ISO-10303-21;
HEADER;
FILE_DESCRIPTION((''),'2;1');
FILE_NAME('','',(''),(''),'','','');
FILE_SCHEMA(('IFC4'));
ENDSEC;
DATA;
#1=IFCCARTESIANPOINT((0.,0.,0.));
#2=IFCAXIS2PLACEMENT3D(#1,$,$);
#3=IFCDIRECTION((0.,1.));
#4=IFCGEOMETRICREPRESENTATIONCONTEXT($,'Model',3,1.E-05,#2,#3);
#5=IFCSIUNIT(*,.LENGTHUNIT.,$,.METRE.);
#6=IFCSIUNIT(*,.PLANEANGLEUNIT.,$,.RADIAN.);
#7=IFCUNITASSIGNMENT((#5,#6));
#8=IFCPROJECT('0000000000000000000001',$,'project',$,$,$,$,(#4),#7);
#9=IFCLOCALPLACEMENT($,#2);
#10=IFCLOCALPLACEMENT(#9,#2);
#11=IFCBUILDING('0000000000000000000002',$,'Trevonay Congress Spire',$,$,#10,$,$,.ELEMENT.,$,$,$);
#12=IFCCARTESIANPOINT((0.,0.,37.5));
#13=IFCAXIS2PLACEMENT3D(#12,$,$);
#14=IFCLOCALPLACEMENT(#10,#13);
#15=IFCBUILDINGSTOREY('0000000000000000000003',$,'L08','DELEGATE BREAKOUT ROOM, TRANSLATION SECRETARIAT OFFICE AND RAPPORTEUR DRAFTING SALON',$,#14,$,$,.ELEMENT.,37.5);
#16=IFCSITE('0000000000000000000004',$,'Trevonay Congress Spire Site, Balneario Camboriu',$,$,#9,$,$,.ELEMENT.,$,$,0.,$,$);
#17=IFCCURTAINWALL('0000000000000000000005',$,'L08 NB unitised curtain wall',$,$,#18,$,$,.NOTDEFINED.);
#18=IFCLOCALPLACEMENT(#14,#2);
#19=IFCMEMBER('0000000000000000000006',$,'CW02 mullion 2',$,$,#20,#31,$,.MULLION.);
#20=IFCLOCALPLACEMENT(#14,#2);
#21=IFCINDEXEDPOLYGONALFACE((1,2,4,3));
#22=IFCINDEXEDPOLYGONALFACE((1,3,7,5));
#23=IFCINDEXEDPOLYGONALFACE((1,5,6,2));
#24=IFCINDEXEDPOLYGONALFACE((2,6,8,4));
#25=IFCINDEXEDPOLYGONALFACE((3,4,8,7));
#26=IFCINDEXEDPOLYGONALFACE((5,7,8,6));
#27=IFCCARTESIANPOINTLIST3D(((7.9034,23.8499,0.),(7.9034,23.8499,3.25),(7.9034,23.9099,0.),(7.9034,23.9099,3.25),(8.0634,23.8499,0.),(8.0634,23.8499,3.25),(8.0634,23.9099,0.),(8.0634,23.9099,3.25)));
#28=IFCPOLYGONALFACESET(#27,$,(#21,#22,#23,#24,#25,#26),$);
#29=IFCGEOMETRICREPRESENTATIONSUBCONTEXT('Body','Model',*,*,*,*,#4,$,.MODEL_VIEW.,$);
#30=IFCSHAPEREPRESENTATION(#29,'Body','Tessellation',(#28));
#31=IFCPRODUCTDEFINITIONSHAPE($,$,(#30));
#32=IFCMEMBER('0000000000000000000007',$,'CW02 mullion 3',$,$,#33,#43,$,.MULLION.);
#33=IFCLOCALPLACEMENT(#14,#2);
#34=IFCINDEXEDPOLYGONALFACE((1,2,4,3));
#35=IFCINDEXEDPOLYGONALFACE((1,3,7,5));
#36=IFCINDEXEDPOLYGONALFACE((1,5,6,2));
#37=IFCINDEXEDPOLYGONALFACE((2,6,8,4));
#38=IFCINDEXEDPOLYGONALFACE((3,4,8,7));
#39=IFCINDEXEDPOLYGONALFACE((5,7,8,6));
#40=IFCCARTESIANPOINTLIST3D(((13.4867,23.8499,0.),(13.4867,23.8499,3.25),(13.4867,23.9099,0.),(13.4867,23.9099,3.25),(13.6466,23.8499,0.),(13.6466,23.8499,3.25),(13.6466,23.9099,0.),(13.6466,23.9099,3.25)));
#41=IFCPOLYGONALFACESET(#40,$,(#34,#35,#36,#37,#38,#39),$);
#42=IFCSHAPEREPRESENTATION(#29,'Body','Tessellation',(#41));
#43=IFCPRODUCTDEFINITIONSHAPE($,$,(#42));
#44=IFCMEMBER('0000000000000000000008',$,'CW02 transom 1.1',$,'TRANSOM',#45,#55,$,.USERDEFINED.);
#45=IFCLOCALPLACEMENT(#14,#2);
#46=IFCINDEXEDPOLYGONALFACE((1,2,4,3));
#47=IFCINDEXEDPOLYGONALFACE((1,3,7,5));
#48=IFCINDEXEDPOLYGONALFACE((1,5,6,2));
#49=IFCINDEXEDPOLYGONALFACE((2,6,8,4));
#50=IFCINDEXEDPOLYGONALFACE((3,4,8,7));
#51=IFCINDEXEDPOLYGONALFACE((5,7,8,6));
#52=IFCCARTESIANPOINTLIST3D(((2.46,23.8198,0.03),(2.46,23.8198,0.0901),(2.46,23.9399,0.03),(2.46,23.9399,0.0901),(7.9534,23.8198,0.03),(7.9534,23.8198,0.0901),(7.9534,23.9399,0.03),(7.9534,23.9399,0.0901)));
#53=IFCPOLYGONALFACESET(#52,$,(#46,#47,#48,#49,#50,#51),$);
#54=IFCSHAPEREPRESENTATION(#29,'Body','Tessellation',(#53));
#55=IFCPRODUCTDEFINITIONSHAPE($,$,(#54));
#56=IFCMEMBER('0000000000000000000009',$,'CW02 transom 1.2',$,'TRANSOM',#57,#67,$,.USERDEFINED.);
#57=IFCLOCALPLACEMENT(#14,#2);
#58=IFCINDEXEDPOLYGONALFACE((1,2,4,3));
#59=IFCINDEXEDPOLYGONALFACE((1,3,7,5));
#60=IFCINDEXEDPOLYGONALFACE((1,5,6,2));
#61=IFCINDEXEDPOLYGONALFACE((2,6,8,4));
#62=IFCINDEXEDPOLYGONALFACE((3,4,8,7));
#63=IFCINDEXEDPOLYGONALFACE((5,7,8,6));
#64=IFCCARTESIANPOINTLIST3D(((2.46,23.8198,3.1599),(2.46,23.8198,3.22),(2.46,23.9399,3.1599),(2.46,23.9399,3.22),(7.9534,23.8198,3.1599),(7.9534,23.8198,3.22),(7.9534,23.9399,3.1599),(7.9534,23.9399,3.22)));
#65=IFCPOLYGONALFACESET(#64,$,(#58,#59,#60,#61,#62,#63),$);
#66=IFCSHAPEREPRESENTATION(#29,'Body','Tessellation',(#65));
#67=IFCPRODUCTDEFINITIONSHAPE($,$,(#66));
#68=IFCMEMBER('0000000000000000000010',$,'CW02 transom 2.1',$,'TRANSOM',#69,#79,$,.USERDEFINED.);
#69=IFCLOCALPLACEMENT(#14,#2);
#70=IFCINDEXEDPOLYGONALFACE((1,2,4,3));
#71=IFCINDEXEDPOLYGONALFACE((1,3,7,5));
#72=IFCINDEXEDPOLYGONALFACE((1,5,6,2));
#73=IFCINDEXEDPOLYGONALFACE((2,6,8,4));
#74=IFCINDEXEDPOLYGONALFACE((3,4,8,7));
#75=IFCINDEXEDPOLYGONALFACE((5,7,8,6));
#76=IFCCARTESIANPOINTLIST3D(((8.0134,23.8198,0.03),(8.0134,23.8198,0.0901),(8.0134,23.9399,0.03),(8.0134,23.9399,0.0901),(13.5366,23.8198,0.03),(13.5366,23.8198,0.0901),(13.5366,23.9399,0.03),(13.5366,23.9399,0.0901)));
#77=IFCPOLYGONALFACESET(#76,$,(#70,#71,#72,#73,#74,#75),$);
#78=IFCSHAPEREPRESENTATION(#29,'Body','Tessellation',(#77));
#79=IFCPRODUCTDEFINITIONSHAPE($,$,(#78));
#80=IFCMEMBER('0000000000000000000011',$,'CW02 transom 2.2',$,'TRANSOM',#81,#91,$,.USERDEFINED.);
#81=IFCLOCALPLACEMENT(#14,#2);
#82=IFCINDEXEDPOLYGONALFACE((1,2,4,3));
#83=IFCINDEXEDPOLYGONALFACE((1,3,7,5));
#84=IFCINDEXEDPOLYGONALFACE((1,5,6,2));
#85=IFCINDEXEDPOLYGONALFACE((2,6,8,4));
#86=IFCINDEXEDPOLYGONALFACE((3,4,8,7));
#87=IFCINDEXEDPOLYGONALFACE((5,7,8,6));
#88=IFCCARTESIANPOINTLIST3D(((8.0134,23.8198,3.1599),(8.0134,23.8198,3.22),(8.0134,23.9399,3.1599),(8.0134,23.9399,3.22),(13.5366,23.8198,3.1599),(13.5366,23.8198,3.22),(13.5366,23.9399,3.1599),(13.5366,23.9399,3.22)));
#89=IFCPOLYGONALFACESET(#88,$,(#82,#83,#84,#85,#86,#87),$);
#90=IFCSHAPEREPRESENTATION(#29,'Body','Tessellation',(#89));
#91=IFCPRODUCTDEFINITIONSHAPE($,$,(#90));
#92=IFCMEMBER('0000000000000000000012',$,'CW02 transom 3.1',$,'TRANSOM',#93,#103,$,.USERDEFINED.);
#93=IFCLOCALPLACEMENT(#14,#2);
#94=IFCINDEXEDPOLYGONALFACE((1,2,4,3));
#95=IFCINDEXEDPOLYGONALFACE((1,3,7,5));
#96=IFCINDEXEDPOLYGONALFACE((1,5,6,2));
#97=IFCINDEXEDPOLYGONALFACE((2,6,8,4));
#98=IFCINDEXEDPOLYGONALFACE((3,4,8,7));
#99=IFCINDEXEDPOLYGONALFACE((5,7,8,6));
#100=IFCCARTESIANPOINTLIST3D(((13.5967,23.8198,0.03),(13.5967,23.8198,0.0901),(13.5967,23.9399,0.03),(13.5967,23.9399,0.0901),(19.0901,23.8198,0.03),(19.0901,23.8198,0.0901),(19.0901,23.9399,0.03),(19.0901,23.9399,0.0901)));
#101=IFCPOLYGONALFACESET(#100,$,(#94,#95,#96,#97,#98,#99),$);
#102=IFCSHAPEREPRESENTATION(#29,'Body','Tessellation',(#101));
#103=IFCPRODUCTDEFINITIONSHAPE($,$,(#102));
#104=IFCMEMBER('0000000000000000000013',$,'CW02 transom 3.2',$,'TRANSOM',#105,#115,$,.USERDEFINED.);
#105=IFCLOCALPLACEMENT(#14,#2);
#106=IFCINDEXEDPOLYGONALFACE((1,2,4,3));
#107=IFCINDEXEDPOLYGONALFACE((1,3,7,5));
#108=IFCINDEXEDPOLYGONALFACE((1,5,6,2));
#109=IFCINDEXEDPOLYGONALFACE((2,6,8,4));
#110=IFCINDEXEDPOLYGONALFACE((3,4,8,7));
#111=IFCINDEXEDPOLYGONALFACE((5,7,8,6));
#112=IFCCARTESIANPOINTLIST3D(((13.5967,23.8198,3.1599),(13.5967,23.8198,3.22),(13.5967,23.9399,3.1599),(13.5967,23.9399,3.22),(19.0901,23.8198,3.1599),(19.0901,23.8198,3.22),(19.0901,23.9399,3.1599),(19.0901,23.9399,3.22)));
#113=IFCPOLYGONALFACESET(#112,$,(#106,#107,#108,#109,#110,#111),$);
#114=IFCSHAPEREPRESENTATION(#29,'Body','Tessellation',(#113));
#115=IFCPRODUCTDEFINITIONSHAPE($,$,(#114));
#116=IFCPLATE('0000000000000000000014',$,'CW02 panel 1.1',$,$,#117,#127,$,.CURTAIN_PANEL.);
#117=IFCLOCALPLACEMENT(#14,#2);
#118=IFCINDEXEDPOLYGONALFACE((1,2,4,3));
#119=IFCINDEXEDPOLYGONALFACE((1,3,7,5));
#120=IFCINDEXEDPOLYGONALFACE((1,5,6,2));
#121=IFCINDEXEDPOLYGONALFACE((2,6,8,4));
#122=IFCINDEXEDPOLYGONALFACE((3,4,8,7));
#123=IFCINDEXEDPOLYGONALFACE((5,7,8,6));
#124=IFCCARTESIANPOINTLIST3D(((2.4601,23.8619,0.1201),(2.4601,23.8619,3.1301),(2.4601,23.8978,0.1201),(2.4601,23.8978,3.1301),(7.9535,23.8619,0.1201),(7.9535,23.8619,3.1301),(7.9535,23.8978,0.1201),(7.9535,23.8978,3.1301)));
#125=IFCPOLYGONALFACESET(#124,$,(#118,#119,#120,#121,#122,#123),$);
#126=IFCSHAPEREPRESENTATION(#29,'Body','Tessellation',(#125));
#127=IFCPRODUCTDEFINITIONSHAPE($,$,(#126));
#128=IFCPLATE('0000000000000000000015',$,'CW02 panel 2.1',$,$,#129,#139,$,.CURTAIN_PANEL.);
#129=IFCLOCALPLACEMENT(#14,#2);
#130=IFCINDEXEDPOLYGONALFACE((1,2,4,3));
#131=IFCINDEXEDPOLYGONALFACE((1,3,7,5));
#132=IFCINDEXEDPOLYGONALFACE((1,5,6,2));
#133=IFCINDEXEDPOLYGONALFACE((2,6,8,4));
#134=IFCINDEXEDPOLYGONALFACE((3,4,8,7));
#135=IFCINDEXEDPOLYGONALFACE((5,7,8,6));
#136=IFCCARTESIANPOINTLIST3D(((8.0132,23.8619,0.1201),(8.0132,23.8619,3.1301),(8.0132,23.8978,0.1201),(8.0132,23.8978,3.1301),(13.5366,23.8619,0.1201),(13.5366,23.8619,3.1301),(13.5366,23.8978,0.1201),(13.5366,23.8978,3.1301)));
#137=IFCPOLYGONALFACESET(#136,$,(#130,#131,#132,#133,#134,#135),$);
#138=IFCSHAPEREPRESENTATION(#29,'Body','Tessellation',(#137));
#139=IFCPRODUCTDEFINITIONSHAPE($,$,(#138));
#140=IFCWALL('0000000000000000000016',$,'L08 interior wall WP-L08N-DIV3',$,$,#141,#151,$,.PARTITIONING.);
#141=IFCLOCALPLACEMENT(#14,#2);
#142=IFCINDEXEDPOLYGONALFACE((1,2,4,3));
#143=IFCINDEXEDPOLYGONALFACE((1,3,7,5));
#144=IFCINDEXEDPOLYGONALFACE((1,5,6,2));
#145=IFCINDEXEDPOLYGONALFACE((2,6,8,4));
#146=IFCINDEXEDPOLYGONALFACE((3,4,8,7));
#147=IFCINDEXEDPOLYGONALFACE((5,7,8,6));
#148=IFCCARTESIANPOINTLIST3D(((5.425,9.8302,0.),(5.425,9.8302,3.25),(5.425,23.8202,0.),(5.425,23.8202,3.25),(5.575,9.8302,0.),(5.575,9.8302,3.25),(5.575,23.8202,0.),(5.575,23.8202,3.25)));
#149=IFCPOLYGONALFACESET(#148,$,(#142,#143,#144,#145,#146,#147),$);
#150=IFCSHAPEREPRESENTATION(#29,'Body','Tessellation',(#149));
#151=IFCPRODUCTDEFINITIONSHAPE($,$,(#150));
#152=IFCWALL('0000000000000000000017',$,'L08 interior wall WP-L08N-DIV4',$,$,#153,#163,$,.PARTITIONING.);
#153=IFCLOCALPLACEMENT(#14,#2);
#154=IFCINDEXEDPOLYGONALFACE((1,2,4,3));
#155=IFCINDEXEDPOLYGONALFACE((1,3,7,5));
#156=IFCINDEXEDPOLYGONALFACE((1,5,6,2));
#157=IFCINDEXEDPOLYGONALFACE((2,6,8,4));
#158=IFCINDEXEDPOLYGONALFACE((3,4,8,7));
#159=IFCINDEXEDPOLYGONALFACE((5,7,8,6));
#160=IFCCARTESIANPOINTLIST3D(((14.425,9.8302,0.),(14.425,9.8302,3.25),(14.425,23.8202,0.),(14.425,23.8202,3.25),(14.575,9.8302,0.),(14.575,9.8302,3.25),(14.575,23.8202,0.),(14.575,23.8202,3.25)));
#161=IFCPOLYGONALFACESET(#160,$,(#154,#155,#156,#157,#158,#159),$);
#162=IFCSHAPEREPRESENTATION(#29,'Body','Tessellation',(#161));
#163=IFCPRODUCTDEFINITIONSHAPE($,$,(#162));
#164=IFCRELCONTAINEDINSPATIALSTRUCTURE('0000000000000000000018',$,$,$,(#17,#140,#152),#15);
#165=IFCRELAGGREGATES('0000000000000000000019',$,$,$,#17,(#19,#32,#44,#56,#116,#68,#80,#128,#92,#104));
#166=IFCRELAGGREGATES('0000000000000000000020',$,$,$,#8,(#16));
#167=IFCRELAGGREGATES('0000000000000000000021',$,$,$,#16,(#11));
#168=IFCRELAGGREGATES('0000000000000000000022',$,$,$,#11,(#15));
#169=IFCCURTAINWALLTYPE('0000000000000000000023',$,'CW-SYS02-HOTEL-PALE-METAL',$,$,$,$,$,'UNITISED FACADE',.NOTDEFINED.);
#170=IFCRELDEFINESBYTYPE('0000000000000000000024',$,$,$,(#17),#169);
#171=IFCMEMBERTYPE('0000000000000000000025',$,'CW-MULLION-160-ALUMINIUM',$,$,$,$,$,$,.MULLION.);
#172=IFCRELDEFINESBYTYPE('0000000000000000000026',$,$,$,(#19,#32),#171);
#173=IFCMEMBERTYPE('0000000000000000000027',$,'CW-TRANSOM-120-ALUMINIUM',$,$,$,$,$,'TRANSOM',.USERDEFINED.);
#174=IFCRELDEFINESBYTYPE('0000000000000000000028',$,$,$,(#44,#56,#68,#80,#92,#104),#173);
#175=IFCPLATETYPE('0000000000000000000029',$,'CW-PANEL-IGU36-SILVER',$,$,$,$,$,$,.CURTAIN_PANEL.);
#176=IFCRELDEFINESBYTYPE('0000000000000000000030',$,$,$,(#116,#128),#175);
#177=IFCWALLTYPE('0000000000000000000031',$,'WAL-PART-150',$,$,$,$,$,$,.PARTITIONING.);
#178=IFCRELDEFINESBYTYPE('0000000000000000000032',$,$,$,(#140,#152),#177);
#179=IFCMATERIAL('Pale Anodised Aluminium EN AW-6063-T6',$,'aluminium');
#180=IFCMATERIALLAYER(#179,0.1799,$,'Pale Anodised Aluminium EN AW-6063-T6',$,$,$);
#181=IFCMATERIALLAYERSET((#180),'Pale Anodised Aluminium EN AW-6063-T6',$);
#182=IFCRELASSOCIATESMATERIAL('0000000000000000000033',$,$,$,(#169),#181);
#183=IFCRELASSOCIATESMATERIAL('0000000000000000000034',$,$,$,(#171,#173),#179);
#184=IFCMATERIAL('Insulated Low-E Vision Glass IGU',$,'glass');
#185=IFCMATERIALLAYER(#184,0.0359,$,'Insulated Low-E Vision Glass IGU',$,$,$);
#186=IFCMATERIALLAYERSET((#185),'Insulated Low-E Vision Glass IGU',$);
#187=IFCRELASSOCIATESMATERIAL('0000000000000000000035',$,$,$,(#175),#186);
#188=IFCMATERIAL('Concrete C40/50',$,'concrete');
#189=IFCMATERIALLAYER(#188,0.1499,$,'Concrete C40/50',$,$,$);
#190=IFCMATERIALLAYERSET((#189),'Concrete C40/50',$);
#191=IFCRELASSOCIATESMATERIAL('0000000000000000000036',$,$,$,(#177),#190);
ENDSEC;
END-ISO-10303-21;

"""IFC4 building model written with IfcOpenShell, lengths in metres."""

from ifc_helpers import new_model, si_unit, direction, frame, frame_2d, origin, origin_2d, place, context, subcontext, project, spatial, rectangle, extrude, material, layer, layer_set, material_profile, profile_set, type_object, element, aggregate, save


model = new_model("IFC4")

# Units and contexts
model_context = context("Model", 3, precision=1e-05, world=origin(), true_north=direction((0.0, 1.0)))
body_context = subcontext(model_context, "Body", "Model", "MODEL_VIEW")
ifc_project = project(units=[si_unit("LENGTHUNIT", "METRE"), si_unit("PLANEANGLEUNIT", "RADIAN")], contexts=[model_context])

# Site, building, storey
site_placement = place(None, origin())
site = spatial("IfcSite", under=ifc_project, at=site_placement, Name="Trevonay Congress Spire Site, Balneario Camboriu", CompositionType="ELEMENT", RefElevation=0.0)
building_placement = place(site_placement, origin())
building = spatial("IfcBuilding", under=site, at=building_placement, Name="Trevonay Congress Spire", CompositionType="ELEMENT")
storey_placement = place(building_placement, frame((0.0, 0.0, 37.5)))
storey = spatial("IfcBuildingStorey", under=building, at=storey_placement, Name="L08", Description="DELEGATE BREAKOUT ROOM, TRANSLATION SECRETARIAT OFFICE AND RAPPORTEUR DRAFTING SALON", CompositionType="ELEMENT", Elevation=37.5)

# Curtain wall, members, plates
ifc_material_1 = material(Name="Pale Anodised Aluminium EN AW-6063-T6", Category="aluminium")
ifc_layer_1 = layer(ifc_material_1, 0.1799, Name="Pale Anodised Aluminium EN AW-6063-T6")
ifc_layer_set_1 = layer_set([ifc_layer_1], Name="Pale Anodised Aluminium EN AW-6063-T6")
curtain_wall_type = type_object("IfcCurtainWallType", Name="CW-SYS02-HOTEL-PALE-METAL", ElementType="UNITISED FACADE", PredefinedType="NOTDEFINED", material=ifc_layer_set_1)
curtain_wall_placement = place(storey_placement, origin())
curtain_wall = element("IfcCurtainWall", 1, at=curtain_wall_placement, inside=storey, type_object=curtain_wall_type, Name="L08 NB unitised curtain wall", PredefinedType="NOTDEFINED")
ifc_material_profile_1 = material_profile(ifc_material_1, rectangle(XDim=0.0601, YDim=0.1599, at=origin_2d()), Name="CW-MULLION-160-ALUMINIUM")
ifc_profile_set_1 = profile_set([ifc_material_profile_1], Name="Pale Anodised Aluminium EN AW-6063-T6")
member_type_1 = type_object("IfcMemberType", Name="CW-MULLION-160-ALUMINIUM", PredefinedType="MULLION", material=ifc_profile_set_1)
member_1_placement = place(storey_placement, frame((7.9834, 23.8799, 0.0), z_axis=(0.0, 0.0, 1.0), x_axis=(0.0, 1.0, 0.0)))
member_1 = element("IfcMember", 2, at=member_1_placement, type_object=member_type_1, Name="CW02 mullion 2", PredefinedType="MULLION", context=body_context, shape_type="SweptSolid", body=[
    extrude(rectangle(XDim=0.0601, YDim=0.1599, at=origin_2d()), origin(), (0.0, 0.0, 1.0), 3.25),
])
member_2_placement = place(storey_placement, frame((13.5667, 23.8799, 0.0), z_axis=(0.0, 0.0, 1.0), x_axis=(0.0, 1.0, 0.0)))
member_2 = element("IfcMember", 3, at=member_2_placement, type_object=member_type_1, Name="CW02 mullion 3", PredefinedType="MULLION", context=body_context, shape_type="SweptSolid", body=[
    extrude(rectangle(XDim=0.0601, YDim=0.1599, at=origin_2d()), origin(), (0.0, 0.0, 1.0), 3.25),
])
ifc_material_profile_2 = material_profile(ifc_material_1, rectangle(XDim=0.1201, YDim=0.0601, at=origin_2d()), Name="CW-TRANSOM-120-ALUMINIUM")
ifc_profile_set_2 = profile_set([ifc_material_profile_2], Name="Pale Anodised Aluminium EN AW-6063-T6")
member_type_2 = type_object("IfcMemberType", Name="CW-TRANSOM-120-ALUMINIUM", ElementType="TRANSOM", PredefinedType="USERDEFINED", material=ifc_profile_set_2)
member_3_placement = place(storey_placement, frame((2.46, 23.8799, 0.0601), z_axis=(1.0, 0.0, 0.0), x_axis=(0.0, 1.0, 0.0)))
member_3 = element("IfcMember", 4, at=member_3_placement, type_object=member_type_2, Name="CW02 transom 1.1", ObjectType="TRANSOM", PredefinedType="USERDEFINED", context=body_context, shape_type="SweptSolid", body=[
    extrude(rectangle(XDim=0.1201, YDim=0.0601, at=origin_2d()), origin(), (0.0, 0.0, 1.0), 5.4934),
])
member_4_placement = place(storey_placement, frame((2.46, 23.8799, 3.1899), z_axis=(1.0, 0.0, 0.0), x_axis=(0.0, 1.0, 0.0)))
member_4 = element("IfcMember", 5, at=member_4_placement, type_object=member_type_2, Name="CW02 transom 1.2", ObjectType="TRANSOM", PredefinedType="USERDEFINED", context=body_context, shape_type="SweptSolid", body=[
    extrude(rectangle(XDim=0.1201, YDim=0.0601, at=origin_2d()), origin(), (0.0, 0.0, 1.0), 5.4934),
])
member_5_placement = place(storey_placement, frame((8.0134, 23.8799, 0.0601), z_axis=(1.0, 0.0, 0.0), x_axis=(0.0, 1.0, 0.0)))
member_5 = element("IfcMember", 6, at=member_5_placement, type_object=member_type_2, Name="CW02 transom 2.1", ObjectType="TRANSOM", PredefinedType="USERDEFINED", context=body_context, shape_type="SweptSolid", body=[
    extrude(rectangle(XDim=0.1201, YDim=0.0601, at=origin_2d()), origin(), (0.0, 0.0, 1.0), 5.5232),
])
member_6_placement = place(storey_placement, frame((8.0134, 23.8799, 3.1899), z_axis=(1.0, 0.0, 0.0), x_axis=(0.0, 1.0, 0.0)))
member_6 = element("IfcMember", 7, at=member_6_placement, type_object=member_type_2, Name="CW02 transom 2.2", ObjectType="TRANSOM", PredefinedType="USERDEFINED", context=body_context, shape_type="SweptSolid", body=[
    extrude(rectangle(XDim=0.1201, YDim=0.0601, at=origin_2d()), origin(), (0.0, 0.0, 1.0), 5.5232),
])
member_7_placement = place(storey_placement, frame((13.5967, 23.8799, 0.0601), z_axis=(1.0, 0.0, 0.0), x_axis=(0.0, 1.0, 0.0)))
member_7 = element("IfcMember", 8, at=member_7_placement, type_object=member_type_2, Name="CW02 transom 3.1", ObjectType="TRANSOM", PredefinedType="USERDEFINED", context=body_context, shape_type="SweptSolid", body=[
    extrude(rectangle(XDim=0.1201, YDim=0.0601, at=origin_2d()), origin(), (0.0, 0.0, 1.0), 5.4934),
])
member_8_placement = place(storey_placement, frame((13.5967, 23.8799, 3.1899), z_axis=(1.0, 0.0, 0.0), x_axis=(0.0, 1.0, 0.0)))
member_8 = element("IfcMember", 9, at=member_8_placement, type_object=member_type_2, Name="CW02 transom 3.2", ObjectType="TRANSOM", PredefinedType="USERDEFINED", context=body_context, shape_type="SweptSolid", body=[
    extrude(rectangle(XDim=0.1201, YDim=0.0601, at=origin_2d()), origin(), (0.0, 0.0, 1.0), 5.4934),
])
ifc_material_2 = material(Name="Insulated Low-E Vision Glass IGU", Category="glass")
ifc_layer_2 = layer(ifc_material_2, 0.0359, Name="Insulated Low-E Vision Glass IGU")
ifc_layer_set_2 = layer_set([ifc_layer_2], Name="Insulated Low-E Vision Glass IGU")
plate_type = type_object("IfcPlateType", Name="CW-PANEL-IGU36-SILVER", PredefinedType="CURTAIN_PANEL", material=ifc_layer_set_2)
plate_1_placement = place(storey_placement, frame((5.2068, 23.8799, 0.1201), z_axis=(0.0, 0.0, 1.0), x_axis=(1.0, 0.0, 0.0)))
plate_1 = element("IfcPlate", 10, at=plate_1_placement, type_object=plate_type, Name="CW02 panel 1.1", PredefinedType="CURTAIN_PANEL", context=body_context, shape_type="SweptSolid", body=[
    extrude(rectangle(XDim=5.4934, YDim=0.0359, at=origin_2d()), origin(), (0.0, 0.0, 1.0), 3.01),
])
plate_2_placement = place(storey_placement, frame((10.7749, 23.8799, 0.1201), z_axis=(0.0, 0.0, 1.0), x_axis=(1.0, 0.0, 0.0)))
plate_2 = element("IfcPlate", 11, at=plate_2_placement, type_object=plate_type, Name="CW02 panel 2.1", PredefinedType="CURTAIN_PANEL", context=body_context, shape_type="SweptSolid", body=[
    extrude(rectangle(XDim=5.5234, YDim=0.0359, at=origin_2d()), origin(), (0.0, 0.0, 1.0), 3.01),
])
aggregate(curtain_wall, [member_1, member_2, member_3, member_4, plate_1, member_5, member_6, plate_2, member_7, member_8])

# Walls
ifc_material_3 = material(Name="Concrete C40/50", Category="concrete")
ifc_layer_3 = layer(ifc_material_3, 0.1499, Name="Concrete C40/50")
ifc_layer_set_3 = layer_set([ifc_layer_3], Name="Concrete C40/50")
wall_type = type_object("IfcWallType", Name="WAL-PART-150", PredefinedType="PARTITIONING", material=ifc_layer_set_3)
for number, where, z_axis, x_axis, name in (
    (12, (5.5, 9.8301, 0.0), (0.0, 0.0, 1.0), (0.0, 1.0, 0.0), "L08 interior wall WP-L08N-DIV3"),
    (13, (14.5, 9.8301, 0.0), (0.0, 0.0, 1.0), (0.0, 1.0, 0.0), "L08 interior wall WP-L08N-DIV4"),
):
    element("IfcWall", number, at=place(storey_placement, frame(where, z_axis=z_axis, x_axis=x_axis)), inside=storey, type_object=wall_type, Name=name, PredefinedType="PARTITIONING", context=body_context, shape_type="SweptSolid", body=[
        extrude(rectangle(XDim=13.99, YDim=0.1499, at=frame_2d((6.9951, 0.0))), origin(), (0.0, 0.0, 1.0), 3.25),
    ])

save(model, "model.ifc")
